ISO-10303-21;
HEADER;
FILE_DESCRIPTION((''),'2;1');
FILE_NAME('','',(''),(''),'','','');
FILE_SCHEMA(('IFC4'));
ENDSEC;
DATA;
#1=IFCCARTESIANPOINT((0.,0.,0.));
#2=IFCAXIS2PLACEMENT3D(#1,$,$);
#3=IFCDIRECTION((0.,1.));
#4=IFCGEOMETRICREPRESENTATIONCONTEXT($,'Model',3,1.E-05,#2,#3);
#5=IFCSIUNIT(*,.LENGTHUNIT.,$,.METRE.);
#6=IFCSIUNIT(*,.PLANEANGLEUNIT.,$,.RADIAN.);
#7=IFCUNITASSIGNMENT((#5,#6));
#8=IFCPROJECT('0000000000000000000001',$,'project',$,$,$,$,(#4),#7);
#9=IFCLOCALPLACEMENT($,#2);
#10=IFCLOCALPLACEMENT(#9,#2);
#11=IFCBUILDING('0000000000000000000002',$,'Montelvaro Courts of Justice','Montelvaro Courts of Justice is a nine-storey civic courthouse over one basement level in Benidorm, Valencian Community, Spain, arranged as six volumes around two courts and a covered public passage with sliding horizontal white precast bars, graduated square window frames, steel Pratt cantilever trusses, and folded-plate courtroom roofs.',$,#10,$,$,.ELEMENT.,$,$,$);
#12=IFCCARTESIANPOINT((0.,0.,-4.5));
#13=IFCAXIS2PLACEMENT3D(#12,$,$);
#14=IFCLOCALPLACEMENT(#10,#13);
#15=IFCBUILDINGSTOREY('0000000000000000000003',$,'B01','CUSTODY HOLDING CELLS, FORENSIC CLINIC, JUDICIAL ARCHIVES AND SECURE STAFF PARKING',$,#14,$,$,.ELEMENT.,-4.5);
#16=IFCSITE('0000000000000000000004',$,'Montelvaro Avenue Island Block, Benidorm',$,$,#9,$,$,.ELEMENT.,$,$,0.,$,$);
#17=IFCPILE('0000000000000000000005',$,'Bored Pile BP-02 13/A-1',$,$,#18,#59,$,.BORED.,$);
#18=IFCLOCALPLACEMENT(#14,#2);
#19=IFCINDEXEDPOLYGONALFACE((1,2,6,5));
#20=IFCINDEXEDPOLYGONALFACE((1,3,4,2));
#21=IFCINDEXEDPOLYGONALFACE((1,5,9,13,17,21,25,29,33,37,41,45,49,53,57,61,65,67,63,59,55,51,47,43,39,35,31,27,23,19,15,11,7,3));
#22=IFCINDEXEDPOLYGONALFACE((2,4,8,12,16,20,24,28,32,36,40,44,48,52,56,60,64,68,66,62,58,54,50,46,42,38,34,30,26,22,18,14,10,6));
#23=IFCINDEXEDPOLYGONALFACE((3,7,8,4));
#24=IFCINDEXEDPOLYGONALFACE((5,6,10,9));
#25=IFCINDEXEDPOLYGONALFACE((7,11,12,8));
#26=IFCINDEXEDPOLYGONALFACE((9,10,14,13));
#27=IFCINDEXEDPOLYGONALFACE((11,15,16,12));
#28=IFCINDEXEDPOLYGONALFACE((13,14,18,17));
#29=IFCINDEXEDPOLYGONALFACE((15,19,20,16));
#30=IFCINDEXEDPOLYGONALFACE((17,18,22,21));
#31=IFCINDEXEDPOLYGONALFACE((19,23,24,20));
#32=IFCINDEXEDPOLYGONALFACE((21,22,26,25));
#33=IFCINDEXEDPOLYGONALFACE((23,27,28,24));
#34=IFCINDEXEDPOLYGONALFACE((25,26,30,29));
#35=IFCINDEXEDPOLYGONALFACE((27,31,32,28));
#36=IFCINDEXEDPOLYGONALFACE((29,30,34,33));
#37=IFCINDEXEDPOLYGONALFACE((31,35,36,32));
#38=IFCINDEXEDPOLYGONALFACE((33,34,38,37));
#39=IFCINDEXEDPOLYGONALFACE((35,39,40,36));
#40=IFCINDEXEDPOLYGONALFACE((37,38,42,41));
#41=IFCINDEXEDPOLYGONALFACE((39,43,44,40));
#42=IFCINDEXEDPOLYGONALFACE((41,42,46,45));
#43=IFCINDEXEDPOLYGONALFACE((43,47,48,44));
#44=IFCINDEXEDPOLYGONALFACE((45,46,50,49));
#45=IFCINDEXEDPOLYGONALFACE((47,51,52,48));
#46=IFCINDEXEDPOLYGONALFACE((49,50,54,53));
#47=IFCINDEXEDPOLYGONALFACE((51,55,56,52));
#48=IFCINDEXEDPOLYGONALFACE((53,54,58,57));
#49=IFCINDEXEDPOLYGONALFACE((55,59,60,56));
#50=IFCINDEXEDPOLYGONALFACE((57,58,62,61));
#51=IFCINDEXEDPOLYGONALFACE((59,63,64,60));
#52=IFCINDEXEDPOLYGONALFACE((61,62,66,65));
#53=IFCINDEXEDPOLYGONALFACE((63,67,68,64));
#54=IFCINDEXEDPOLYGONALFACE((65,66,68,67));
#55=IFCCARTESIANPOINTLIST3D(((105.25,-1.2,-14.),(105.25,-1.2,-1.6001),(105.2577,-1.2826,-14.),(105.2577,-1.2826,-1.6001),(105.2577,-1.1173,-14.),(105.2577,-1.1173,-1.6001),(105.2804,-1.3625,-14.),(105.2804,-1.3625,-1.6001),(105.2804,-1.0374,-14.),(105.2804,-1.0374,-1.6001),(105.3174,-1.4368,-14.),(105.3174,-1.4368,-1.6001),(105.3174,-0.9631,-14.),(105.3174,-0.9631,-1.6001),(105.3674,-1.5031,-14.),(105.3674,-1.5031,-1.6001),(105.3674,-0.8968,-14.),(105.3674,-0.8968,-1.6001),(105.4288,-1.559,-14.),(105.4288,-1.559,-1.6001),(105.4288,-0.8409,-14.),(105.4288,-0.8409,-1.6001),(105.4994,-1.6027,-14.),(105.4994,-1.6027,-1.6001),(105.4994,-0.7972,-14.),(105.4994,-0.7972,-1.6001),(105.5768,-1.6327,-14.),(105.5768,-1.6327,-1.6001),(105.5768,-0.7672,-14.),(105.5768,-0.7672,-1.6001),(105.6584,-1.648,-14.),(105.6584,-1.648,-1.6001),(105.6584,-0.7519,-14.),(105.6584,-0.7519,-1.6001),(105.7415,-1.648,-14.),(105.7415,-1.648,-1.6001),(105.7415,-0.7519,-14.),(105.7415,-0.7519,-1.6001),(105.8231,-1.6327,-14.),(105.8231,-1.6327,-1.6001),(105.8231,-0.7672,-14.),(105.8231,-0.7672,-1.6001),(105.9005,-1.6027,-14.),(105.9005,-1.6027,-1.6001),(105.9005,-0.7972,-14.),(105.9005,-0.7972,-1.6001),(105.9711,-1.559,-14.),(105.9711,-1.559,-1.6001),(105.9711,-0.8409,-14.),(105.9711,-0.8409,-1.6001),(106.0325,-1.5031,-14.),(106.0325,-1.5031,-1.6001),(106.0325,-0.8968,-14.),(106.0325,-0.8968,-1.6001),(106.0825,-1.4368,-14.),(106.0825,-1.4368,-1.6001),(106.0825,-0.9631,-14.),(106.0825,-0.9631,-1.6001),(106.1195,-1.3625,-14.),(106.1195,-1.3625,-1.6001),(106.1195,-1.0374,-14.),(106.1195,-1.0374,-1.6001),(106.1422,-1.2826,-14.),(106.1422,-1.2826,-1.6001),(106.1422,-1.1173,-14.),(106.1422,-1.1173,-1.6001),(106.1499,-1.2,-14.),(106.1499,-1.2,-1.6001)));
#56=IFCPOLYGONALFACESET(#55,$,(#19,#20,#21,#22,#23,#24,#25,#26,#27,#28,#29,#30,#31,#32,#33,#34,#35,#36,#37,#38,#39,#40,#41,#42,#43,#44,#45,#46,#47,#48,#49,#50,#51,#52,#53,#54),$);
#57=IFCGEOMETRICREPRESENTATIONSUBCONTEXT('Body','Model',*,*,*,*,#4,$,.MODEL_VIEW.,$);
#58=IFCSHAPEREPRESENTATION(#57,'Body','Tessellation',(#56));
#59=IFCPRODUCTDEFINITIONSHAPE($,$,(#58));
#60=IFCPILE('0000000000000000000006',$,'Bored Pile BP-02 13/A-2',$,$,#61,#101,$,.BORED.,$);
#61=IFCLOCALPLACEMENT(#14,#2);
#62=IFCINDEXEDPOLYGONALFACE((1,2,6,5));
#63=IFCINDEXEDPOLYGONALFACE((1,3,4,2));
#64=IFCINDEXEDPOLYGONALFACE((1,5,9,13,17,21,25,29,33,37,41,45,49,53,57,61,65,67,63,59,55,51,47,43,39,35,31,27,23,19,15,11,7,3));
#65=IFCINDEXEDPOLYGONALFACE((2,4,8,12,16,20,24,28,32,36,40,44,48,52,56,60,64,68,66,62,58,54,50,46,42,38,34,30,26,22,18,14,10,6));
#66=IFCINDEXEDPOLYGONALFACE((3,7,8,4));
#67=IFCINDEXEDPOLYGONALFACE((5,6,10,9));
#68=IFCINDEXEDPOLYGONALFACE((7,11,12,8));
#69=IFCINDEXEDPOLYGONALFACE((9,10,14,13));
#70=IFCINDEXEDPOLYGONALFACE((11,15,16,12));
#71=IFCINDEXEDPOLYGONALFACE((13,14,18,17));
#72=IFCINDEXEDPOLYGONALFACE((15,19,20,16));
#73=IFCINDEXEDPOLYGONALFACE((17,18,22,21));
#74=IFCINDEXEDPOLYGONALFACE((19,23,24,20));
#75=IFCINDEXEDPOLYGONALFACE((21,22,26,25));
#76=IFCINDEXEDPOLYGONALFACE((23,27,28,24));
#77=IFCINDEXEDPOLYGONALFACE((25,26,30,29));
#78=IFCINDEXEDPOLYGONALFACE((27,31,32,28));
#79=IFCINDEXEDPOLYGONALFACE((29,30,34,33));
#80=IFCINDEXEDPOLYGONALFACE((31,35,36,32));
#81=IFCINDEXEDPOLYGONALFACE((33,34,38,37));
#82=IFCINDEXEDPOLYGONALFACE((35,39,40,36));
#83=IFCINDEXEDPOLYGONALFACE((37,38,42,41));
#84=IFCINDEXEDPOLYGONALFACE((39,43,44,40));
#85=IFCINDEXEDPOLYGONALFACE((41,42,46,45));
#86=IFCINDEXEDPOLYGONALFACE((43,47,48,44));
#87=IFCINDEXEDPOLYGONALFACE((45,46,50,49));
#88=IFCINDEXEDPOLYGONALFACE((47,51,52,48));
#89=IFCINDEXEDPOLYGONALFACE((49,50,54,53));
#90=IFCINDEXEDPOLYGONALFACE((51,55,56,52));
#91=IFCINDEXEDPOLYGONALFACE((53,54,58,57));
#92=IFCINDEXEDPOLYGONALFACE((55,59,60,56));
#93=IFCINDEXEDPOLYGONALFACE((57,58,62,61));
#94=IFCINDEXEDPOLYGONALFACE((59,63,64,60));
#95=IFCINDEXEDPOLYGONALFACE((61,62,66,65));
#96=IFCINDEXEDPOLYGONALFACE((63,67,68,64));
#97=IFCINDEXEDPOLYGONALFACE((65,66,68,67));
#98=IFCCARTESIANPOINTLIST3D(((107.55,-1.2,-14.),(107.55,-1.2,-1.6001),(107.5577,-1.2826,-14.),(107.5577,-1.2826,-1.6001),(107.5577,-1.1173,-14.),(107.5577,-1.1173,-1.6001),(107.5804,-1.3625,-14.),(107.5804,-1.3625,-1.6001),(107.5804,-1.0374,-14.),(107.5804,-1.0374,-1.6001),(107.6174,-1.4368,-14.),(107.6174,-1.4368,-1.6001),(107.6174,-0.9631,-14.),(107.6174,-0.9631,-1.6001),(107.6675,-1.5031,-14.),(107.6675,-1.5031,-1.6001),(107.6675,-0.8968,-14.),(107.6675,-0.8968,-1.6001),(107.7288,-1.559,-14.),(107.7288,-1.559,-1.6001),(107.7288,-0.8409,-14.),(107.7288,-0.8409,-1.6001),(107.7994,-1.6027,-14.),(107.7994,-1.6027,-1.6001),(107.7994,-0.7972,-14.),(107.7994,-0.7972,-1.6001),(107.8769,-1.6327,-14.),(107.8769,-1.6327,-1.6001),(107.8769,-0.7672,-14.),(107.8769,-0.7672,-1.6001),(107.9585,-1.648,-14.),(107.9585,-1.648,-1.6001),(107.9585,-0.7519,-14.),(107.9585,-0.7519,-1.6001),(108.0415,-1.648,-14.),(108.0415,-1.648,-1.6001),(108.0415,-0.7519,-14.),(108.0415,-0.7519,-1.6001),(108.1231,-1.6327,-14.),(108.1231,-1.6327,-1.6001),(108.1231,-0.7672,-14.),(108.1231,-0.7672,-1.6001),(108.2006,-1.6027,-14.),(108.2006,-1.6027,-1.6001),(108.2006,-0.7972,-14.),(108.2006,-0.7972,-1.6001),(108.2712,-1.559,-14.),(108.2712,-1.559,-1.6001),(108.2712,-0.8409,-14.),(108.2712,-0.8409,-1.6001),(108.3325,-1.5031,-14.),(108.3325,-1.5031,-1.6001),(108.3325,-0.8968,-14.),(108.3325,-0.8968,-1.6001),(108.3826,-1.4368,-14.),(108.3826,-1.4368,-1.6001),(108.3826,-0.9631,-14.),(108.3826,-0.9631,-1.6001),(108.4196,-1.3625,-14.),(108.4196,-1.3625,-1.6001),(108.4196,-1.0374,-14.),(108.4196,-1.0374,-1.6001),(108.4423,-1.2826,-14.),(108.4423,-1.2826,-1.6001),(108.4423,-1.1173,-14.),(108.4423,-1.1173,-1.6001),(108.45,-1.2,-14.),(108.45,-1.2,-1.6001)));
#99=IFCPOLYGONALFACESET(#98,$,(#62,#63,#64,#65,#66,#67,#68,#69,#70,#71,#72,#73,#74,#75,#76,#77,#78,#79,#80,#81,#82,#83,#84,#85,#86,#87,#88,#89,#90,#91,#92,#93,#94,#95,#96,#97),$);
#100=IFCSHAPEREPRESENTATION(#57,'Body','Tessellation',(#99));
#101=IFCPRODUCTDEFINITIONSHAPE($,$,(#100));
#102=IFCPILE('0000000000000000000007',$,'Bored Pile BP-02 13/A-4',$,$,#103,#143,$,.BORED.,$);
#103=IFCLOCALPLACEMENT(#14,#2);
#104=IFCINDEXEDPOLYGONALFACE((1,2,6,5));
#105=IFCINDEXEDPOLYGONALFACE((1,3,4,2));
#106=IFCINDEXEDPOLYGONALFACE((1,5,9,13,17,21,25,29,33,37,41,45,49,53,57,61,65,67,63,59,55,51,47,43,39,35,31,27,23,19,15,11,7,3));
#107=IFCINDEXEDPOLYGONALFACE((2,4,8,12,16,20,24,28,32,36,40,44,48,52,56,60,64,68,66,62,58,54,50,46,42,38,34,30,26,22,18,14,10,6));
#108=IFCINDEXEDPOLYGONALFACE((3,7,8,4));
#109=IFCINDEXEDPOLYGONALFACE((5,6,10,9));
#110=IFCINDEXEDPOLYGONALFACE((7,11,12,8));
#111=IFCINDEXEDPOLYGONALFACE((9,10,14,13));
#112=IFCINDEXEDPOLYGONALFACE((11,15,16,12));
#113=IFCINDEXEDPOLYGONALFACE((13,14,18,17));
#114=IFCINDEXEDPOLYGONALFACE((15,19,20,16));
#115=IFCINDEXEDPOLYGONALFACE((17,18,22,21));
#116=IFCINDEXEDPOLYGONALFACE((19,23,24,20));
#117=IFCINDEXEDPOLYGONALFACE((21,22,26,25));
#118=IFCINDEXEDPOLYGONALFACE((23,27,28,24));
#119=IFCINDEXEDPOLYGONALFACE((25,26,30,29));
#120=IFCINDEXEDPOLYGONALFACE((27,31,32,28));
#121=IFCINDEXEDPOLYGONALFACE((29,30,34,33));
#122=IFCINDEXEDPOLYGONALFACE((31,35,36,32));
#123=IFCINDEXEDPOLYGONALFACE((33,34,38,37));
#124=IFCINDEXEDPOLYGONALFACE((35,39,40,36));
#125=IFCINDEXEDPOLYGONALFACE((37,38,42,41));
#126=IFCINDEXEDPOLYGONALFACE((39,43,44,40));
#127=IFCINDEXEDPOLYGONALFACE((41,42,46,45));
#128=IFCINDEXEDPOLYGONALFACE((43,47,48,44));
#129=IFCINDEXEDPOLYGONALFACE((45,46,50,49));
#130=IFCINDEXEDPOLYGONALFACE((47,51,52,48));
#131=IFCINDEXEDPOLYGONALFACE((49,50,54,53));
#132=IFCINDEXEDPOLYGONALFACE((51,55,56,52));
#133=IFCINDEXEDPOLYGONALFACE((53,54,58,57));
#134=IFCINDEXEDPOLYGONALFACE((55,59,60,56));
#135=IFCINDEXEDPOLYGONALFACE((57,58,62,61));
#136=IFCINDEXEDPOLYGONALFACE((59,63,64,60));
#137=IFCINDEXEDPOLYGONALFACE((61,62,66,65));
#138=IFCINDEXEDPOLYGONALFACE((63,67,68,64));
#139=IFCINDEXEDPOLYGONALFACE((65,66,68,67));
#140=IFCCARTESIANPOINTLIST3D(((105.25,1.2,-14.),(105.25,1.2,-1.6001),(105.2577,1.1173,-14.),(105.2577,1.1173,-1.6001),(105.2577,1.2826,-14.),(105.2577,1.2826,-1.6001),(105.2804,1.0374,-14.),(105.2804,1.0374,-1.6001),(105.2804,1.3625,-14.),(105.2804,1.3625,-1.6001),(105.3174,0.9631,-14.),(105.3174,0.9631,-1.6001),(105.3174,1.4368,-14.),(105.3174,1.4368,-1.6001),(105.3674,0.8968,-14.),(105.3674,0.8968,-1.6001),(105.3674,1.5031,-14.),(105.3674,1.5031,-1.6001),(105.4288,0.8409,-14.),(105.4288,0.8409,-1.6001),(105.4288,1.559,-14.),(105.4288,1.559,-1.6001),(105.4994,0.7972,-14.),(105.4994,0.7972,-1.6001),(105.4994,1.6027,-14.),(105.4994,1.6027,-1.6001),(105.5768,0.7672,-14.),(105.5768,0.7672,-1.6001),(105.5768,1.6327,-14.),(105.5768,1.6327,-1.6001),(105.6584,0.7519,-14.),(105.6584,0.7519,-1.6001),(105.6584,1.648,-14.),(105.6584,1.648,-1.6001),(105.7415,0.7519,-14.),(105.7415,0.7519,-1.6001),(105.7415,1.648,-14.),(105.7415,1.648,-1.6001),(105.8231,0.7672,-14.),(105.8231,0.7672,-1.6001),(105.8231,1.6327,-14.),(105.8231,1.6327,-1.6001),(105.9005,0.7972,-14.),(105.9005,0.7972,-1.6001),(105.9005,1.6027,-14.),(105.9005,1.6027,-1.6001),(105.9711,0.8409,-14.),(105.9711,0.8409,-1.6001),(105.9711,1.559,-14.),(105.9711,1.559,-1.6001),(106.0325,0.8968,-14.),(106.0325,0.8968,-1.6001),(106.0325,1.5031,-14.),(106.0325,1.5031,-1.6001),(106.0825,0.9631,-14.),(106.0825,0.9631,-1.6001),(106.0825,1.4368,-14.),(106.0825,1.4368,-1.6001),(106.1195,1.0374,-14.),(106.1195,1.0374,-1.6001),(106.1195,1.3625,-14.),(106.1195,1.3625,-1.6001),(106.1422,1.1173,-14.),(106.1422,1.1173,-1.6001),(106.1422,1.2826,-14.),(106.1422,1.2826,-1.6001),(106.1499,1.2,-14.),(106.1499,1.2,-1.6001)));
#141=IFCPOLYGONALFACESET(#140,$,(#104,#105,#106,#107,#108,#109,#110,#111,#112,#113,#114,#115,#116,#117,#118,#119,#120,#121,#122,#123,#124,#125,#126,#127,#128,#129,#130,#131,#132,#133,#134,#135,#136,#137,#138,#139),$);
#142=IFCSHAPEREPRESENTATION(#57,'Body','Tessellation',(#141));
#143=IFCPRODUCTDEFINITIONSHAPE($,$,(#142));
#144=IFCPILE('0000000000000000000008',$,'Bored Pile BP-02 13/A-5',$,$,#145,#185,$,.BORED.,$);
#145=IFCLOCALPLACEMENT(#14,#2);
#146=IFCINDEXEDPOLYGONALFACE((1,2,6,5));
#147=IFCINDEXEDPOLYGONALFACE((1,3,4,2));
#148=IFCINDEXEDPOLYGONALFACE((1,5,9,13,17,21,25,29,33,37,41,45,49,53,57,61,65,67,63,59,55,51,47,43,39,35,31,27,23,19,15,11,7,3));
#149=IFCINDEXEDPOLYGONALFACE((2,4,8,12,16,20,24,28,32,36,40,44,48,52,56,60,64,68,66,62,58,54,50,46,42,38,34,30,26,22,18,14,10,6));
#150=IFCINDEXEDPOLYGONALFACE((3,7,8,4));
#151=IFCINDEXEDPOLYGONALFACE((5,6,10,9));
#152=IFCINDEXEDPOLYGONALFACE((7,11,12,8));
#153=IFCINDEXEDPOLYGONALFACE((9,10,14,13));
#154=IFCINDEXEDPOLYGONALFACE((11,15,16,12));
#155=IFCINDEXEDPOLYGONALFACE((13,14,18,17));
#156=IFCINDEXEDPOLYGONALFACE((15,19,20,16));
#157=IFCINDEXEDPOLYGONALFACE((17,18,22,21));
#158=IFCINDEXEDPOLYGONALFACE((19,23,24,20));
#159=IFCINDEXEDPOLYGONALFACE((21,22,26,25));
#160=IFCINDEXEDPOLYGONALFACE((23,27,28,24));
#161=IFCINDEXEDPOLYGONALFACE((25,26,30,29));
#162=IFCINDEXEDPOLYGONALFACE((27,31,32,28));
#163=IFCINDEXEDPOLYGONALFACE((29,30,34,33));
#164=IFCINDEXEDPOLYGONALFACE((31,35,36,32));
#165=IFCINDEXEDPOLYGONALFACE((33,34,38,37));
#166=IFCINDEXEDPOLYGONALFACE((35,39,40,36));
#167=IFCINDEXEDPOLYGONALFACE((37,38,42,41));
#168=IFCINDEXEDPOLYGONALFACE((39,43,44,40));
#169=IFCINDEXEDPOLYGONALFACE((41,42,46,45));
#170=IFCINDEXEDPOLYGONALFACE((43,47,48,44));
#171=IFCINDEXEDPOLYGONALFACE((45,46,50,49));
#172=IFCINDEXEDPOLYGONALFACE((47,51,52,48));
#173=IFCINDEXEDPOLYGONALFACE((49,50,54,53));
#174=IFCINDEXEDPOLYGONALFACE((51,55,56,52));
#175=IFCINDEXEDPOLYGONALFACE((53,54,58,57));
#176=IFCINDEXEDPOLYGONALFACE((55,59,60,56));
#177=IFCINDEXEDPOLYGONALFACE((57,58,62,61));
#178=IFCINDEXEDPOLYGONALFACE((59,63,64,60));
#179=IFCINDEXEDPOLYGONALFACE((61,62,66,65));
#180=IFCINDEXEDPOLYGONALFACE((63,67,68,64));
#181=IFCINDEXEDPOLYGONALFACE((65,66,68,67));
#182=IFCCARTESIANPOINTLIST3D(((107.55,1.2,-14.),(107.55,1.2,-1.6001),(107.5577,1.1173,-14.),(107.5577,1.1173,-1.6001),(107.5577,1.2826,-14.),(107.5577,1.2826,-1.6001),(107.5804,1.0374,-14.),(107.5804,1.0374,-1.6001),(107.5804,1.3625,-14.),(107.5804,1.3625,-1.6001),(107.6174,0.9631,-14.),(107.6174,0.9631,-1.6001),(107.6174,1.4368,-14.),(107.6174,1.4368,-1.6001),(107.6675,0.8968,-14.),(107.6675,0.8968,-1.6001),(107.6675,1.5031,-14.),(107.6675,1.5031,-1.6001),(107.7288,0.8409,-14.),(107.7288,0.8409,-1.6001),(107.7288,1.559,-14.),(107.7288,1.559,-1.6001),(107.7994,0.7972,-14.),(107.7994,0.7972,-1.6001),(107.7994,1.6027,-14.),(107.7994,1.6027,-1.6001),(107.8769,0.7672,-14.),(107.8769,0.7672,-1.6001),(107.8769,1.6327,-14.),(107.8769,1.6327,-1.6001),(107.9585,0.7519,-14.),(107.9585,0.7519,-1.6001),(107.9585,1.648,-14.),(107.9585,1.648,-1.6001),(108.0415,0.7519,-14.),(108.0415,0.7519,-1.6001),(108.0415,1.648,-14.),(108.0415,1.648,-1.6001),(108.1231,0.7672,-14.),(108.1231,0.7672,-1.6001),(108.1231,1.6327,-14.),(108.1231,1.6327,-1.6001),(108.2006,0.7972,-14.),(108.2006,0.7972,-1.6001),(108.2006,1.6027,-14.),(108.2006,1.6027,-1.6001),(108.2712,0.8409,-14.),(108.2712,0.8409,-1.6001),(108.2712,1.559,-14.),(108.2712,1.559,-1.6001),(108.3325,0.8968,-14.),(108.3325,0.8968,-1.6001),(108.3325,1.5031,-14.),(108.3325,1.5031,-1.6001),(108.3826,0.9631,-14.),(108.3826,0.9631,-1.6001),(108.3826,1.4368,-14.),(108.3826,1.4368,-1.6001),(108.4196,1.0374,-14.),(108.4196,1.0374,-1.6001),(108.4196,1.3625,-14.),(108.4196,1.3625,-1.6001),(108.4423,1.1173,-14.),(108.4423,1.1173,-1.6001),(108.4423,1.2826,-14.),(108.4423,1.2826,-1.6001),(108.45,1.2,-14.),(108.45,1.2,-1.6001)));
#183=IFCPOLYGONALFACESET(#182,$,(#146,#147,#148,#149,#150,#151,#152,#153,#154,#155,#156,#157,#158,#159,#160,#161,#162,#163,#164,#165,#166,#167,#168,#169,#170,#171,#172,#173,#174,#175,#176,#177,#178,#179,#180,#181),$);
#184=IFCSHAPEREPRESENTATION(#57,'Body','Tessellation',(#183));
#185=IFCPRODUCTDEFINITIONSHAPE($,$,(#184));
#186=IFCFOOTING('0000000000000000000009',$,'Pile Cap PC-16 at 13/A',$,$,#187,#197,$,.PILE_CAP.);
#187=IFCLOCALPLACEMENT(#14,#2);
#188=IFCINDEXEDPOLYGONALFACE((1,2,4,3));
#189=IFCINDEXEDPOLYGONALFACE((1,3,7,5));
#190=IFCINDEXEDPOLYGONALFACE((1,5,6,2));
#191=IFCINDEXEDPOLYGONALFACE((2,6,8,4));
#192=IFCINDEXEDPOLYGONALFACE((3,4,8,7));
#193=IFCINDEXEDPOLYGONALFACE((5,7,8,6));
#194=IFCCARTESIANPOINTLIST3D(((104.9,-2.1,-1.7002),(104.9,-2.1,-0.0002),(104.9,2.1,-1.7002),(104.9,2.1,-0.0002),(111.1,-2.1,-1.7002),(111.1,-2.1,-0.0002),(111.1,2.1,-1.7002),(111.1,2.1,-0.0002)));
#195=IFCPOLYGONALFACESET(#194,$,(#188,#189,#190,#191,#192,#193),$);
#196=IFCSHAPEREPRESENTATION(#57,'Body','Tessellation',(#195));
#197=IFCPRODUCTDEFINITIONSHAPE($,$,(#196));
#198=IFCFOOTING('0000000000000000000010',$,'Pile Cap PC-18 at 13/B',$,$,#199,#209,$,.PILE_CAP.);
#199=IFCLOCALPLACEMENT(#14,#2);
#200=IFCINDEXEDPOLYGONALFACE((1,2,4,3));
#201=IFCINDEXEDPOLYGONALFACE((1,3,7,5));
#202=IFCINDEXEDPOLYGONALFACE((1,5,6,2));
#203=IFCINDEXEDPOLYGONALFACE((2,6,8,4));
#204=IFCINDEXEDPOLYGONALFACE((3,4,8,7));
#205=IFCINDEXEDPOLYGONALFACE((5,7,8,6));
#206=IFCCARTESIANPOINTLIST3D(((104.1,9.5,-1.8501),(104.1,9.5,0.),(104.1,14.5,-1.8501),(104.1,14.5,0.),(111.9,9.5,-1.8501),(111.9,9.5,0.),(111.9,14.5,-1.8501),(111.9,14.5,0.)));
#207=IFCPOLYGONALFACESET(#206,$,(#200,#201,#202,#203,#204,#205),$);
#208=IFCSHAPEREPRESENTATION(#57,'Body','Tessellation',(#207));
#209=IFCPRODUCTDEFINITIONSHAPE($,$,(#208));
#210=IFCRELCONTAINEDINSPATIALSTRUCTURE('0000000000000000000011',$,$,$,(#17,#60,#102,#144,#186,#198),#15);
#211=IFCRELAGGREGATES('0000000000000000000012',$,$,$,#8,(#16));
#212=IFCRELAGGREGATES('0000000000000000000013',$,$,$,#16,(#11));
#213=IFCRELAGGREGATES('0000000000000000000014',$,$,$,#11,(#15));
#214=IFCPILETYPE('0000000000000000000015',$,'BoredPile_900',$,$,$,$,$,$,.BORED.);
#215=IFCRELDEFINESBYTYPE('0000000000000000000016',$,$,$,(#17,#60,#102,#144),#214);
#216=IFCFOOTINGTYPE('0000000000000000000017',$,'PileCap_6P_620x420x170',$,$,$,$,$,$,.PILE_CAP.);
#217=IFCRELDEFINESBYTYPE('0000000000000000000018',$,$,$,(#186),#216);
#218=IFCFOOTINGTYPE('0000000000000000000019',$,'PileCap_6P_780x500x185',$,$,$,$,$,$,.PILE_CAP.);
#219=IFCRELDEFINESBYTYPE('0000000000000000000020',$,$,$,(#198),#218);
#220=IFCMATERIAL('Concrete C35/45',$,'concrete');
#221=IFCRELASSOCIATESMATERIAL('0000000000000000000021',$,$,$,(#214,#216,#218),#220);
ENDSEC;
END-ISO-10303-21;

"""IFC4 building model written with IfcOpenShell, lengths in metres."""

from ifc_helpers import new_model, si_unit, direction, frame, origin, origin_2d, place, context, subcontext, project, spatial, rectangle, circle, extrude, material, material_profile, profile_set, type_object, element, save


model = new_model("IFC4")

# Units and contexts
model_context = context("Model", 3, precision=1e-05, world=origin(), true_north=direction((0.0, 1.0)))
body_context = subcontext(model_context, "Body", "Model", "MODEL_VIEW")
ifc_project = project(units=[si_unit("LENGTHUNIT", "METRE"), si_unit("PLANEANGLEUNIT", "RADIAN")], contexts=[model_context])

# Site, building, storey
site_placement = place(None, origin())
site = spatial("IfcSite", under=ifc_project, at=site_placement, Name="Montelvaro Avenue Island Block, Benidorm", CompositionType="ELEMENT", RefElevation=0.0)
building_placement = place(site_placement, origin())
building = spatial("IfcBuilding", under=site, at=building_placement, Name="Montelvaro Courts of Justice", Description="Montelvaro Courts of Justice is a nine-storey civic courthouse over one basement level in Benidorm, Valencian Community, Spain, arranged as six volumes around two courts and a covered public passage with sliding horizontal white precast bars, graduated square window frames, steel Pratt cantilever trusses, and folded-plate courtroom roofs.", CompositionType="ELEMENT")
storey_placement = place(building_placement, frame((0.0, 0.0, -4.5)))
storey = spatial("IfcBuildingStorey", under=building, at=storey_placement, Name="B01", Description="CUSTODY HOLDING CELLS, FORENSIC CLINIC, JUDICIAL ARCHIVES AND SECURE STAFF PARKING", CompositionType="ELEMENT", Elevation=-4.5)

# Piles
ifc_material_1 = material(Name="Concrete C35/45", Category="concrete")
ifc_material_profile_1 = material_profile(ifc_material_1, circle(Radius=0.45, at=origin_2d()), Name="BORED PILE D900")
ifc_profile_set_1 = profile_set([ifc_material_profile_1], Name="Concrete C35/45")
pile_type_1 = type_object("IfcPileType", Name="BoredPile_900", PredefinedType="BORED", material=ifc_profile_set_1)
for number, where, z_axis, x_axis, name in (
    (1, (105.7, -1.2, -1.6001), (0.0, 0.0, -1.0), (1.0, 0.0, 0.0), "Bored Pile BP-02 13/A-1"),
    (2, (108.0, -1.2, -1.6001), (0.0, 0.0, -1.0), (1.0, 0.0, 0.0), "Bored Pile BP-02 13/A-2"),
    (3, (105.7, 1.2, -1.6001), (0.0, 0.0, -1.0), (1.0, 0.0, 0.0), "Bored Pile BP-02 13/A-4"),
    (4, (108.0, 1.2, -1.6001), (0.0, 0.0, -1.0), (1.0, 0.0, 0.0), "Bored Pile BP-02 13/A-5"),
):
    element("IfcPile", number, at=place(storey_placement, frame(where, z_axis=z_axis, x_axis=x_axis)), inside=storey, type_object=pile_type_1, Name=name, PredefinedType="BORED", context=body_context, shape_type="SweptSolid", body=[
        extrude(circle(Radius=0.45, at=origin_2d()), origin(), (0.0, 0.0, 1.0), 12.3999),
    ])

# Footings
footing_type_1 = type_object("IfcFootingType", Name="PileCap_6P_620x420x170", PredefinedType="PILE_CAP", material=ifc_material_1)
footing_1_placement = place(storey_placement, frame((108.0, 0.0, -1.7002), z_axis=(0.0, 0.0, 1.0), x_axis=(1.0, 0.0, 0.0)))
element("IfcFooting", 5, at=footing_1_placement, inside=storey, type_object=footing_type_1, Name="Pile Cap PC-16 at 13/A", PredefinedType="PILE_CAP", context=body_context, shape_type="SweptSolid", body=[
    extrude(rectangle(XDim=6.2, YDim=4.2, at=origin_2d()), origin(), (0.0, 0.0, 1.0), 1.7),
])
footing_type_2 = type_object("IfcFootingType", Name="PileCap_6P_780x500x185", PredefinedType="PILE_CAP", material=ifc_material_1)
footing_2_placement = place(storey_placement, frame((108.0, 12.0, -1.8501), z_axis=(0.0, 0.0, 1.0), x_axis=(1.0, 0.0, 0.0)))
element("IfcFooting", 6, at=footing_2_placement, inside=storey, type_object=footing_type_2, Name="Pile Cap PC-18 at 13/B", PredefinedType="PILE_CAP", context=body_context, shape_type="SweptSolid", body=[
    extrude(rectangle(XDim=7.8, YDim=5.0, at=origin_2d()), origin(), (0.0, 0.0, 1.0), 1.8501),
])

save(model, "model.ifc")
